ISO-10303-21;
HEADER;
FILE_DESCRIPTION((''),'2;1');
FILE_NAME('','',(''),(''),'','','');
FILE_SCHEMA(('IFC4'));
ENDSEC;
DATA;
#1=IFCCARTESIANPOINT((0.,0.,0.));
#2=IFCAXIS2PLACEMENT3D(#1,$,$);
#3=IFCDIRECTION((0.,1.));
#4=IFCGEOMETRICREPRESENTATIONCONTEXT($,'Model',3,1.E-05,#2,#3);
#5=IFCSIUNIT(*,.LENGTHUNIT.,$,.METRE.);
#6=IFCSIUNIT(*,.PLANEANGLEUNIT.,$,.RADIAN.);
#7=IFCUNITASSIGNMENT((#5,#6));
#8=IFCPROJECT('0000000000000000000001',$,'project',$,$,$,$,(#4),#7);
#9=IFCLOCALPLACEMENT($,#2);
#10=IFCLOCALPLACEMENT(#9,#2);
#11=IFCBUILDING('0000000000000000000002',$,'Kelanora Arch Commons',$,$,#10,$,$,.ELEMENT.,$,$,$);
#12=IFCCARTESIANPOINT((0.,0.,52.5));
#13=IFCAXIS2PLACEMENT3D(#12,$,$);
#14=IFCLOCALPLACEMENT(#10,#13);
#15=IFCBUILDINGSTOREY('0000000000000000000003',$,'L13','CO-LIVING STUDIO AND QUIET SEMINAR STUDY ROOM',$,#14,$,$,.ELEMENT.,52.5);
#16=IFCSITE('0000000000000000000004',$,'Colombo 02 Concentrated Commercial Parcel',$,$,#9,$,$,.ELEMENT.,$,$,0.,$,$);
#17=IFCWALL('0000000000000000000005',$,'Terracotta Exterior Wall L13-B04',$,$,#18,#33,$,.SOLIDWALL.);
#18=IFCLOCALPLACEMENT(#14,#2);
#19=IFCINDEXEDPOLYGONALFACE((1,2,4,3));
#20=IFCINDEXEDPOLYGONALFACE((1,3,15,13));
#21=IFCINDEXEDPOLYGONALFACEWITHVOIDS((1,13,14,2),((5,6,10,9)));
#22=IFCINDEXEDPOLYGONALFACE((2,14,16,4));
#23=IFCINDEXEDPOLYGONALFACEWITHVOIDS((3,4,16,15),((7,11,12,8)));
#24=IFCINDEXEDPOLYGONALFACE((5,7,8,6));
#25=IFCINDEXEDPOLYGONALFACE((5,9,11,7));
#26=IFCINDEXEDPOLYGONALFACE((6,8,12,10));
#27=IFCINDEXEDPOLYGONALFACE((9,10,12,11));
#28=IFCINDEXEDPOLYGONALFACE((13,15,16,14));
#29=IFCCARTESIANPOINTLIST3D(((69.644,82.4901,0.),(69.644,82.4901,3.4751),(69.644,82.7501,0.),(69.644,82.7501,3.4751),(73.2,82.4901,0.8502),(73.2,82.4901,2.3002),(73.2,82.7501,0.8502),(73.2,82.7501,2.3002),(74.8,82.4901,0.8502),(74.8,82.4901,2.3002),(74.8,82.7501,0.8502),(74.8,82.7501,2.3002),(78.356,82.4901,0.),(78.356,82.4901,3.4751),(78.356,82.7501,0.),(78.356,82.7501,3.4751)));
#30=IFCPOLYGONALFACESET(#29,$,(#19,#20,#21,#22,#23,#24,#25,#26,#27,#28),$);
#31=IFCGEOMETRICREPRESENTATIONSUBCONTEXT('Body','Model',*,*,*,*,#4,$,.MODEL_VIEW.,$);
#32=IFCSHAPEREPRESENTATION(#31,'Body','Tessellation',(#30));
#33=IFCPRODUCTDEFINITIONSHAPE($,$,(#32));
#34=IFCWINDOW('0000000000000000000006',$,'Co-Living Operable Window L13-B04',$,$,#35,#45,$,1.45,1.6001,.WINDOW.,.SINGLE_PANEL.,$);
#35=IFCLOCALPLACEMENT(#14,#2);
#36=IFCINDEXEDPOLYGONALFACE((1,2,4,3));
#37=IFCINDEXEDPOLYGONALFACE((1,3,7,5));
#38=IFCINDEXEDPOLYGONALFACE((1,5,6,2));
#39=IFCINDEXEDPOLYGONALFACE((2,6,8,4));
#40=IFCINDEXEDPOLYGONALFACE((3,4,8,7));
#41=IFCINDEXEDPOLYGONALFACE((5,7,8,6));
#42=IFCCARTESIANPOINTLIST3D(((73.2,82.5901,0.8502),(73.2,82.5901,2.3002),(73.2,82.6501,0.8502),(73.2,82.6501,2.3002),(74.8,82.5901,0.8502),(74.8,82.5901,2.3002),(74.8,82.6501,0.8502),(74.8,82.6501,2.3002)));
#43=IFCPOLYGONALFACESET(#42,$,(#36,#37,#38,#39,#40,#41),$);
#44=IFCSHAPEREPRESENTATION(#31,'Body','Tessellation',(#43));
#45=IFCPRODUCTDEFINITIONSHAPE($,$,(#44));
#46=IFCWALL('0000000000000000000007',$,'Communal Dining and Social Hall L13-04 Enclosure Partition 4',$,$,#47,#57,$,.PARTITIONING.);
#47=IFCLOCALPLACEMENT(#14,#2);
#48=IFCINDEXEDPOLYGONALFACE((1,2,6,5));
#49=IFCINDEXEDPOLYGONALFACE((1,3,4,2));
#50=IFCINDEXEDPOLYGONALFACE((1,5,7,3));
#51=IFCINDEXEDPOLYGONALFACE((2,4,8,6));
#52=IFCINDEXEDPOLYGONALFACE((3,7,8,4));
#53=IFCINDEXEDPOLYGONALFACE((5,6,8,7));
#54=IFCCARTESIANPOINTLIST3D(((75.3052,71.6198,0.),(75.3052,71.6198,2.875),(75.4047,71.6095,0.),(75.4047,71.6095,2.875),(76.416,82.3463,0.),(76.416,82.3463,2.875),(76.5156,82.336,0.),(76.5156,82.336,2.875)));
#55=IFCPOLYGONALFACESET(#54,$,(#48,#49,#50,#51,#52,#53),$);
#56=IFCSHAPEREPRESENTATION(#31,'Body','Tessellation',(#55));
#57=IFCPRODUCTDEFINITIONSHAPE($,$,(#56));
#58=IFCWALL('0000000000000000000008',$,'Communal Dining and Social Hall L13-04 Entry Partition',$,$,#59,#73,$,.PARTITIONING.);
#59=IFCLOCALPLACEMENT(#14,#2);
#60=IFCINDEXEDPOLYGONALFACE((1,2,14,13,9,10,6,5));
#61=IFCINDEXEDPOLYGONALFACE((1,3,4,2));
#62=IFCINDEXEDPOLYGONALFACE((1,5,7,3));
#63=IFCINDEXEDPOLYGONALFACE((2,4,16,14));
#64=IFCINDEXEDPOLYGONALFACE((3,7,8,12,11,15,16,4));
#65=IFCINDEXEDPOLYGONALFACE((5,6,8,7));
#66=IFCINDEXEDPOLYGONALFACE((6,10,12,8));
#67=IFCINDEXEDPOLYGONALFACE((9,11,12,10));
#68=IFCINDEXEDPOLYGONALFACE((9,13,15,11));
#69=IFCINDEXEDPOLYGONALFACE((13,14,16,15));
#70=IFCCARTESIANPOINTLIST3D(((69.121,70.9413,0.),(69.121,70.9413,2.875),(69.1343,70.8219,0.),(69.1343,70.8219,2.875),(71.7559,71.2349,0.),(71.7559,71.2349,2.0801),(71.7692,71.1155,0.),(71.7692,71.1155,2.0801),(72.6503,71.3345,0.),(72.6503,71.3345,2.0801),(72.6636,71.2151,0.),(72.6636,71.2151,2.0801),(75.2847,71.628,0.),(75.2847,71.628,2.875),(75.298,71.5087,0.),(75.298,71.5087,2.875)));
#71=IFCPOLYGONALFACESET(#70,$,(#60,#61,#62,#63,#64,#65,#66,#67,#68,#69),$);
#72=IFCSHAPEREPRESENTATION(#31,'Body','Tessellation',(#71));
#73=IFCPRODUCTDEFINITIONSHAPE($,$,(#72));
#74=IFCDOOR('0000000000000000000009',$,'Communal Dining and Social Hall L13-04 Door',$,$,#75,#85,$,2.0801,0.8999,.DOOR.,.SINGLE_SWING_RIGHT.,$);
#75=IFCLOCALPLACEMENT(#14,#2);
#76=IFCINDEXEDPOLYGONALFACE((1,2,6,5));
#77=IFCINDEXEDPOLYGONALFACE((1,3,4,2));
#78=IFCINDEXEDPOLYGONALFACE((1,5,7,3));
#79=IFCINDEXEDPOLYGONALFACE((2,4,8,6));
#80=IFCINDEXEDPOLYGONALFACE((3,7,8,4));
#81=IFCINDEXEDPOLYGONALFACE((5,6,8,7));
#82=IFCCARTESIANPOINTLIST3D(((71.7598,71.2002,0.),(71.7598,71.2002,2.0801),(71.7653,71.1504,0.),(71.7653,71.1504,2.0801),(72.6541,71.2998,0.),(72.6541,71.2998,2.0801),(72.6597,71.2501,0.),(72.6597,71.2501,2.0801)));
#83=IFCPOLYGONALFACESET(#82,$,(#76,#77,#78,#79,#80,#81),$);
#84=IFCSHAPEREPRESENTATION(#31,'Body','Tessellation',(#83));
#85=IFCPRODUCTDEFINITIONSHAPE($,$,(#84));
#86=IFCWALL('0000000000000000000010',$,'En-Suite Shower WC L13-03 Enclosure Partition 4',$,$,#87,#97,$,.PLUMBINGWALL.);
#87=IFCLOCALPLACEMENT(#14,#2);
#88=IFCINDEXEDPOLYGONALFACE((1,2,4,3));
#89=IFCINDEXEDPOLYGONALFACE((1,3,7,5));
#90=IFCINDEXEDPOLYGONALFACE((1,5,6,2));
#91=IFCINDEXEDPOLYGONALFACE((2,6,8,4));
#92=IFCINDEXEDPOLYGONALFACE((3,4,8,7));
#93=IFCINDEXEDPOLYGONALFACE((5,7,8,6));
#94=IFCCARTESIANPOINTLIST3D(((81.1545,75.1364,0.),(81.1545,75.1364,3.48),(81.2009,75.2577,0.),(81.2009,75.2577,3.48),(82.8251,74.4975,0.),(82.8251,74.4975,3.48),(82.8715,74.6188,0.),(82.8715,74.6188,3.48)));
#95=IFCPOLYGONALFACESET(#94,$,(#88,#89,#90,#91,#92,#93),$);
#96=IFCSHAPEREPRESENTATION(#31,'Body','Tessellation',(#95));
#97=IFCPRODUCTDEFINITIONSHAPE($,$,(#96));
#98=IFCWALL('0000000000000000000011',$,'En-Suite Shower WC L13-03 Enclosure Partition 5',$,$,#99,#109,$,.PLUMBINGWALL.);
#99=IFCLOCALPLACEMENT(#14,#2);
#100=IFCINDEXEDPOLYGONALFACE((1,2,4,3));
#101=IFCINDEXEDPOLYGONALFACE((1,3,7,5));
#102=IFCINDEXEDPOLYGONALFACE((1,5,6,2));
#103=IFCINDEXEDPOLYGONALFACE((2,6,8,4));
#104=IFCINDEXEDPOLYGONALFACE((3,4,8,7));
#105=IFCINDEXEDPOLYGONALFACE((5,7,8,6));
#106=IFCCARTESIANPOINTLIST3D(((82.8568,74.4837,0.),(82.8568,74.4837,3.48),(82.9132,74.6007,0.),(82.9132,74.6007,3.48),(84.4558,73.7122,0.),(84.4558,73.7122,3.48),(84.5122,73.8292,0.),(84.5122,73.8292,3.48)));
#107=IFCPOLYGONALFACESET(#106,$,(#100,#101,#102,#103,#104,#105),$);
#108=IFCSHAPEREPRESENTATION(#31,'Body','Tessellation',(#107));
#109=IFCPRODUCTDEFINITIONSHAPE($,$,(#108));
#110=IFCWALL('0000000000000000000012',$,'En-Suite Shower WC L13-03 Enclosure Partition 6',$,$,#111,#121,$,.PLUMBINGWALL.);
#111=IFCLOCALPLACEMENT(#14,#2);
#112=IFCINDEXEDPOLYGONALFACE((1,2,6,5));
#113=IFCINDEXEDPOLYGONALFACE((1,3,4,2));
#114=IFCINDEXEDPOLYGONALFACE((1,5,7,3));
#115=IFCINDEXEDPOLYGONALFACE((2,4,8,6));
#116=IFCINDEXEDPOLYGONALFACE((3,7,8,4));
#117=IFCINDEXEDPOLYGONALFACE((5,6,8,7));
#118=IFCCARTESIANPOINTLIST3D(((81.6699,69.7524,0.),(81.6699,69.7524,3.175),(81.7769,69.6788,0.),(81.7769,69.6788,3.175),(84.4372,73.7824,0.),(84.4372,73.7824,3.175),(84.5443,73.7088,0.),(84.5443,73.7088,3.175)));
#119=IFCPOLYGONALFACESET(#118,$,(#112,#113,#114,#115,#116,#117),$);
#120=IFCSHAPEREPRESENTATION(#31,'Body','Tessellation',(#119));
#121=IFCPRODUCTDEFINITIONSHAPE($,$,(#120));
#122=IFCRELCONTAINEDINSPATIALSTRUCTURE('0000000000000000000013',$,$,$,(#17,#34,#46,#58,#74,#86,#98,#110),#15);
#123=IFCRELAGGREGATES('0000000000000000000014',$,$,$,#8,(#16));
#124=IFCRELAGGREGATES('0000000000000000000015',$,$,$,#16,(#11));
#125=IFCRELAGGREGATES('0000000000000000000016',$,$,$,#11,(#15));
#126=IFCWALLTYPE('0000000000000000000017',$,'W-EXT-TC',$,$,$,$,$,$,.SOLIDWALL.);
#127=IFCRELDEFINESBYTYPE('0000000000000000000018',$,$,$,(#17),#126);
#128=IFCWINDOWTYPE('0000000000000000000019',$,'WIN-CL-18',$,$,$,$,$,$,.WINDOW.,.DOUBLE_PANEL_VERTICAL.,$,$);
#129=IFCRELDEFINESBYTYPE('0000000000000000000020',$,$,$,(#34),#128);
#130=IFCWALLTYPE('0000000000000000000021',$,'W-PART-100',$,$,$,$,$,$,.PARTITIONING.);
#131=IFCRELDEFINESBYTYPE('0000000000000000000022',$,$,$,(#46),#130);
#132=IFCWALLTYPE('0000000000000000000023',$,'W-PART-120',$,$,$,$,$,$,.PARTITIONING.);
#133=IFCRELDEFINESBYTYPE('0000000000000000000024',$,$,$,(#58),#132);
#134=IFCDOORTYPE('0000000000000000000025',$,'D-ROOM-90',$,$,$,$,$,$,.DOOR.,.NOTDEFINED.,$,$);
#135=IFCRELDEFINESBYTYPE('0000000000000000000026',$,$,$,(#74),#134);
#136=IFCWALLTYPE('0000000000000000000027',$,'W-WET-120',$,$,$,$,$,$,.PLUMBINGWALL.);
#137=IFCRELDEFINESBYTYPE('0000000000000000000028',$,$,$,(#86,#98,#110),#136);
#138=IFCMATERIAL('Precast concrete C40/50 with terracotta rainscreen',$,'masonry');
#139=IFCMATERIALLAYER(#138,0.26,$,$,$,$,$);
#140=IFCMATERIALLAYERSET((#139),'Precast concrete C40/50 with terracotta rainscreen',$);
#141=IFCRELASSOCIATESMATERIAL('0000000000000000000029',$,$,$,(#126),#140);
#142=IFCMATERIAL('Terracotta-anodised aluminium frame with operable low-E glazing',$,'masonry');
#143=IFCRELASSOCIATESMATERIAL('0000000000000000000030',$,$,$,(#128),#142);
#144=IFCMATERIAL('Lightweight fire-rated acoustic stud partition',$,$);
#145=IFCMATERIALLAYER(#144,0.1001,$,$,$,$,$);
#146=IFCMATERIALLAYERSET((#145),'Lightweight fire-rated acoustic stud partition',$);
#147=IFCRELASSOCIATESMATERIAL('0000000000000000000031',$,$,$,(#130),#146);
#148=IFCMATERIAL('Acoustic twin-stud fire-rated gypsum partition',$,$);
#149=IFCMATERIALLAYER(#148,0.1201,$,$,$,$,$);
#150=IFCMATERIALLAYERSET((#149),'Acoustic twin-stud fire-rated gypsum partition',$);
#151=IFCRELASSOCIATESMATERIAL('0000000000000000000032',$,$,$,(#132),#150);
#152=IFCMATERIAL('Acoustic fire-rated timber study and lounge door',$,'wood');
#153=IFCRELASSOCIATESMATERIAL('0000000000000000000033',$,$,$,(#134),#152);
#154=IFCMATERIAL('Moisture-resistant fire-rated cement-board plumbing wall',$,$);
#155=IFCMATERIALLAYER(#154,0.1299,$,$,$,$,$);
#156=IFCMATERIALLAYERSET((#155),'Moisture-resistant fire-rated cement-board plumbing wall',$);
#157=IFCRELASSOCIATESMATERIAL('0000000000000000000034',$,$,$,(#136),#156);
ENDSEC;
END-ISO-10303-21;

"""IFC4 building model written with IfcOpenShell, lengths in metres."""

from ifc_helpers import new_model, si_unit, direction, frame, frame_2d, origin, place, context, subcontext, project, spatial, rectangle, extrude, material, layer, layer_set, type_object, element, fill, save


model = new_model("IFC4")

# Units and contexts
model_context = context("Model", 3, precision=1e-05, world=origin(), true_north=direction((0.0, 1.0)))
body_context = subcontext(model_context, "Body", "Model", "MODEL_VIEW")
ifc_project = project(units=[si_unit("LENGTHUNIT", "METRE"), si_unit("PLANEANGLEUNIT", "RADIAN")], contexts=[model_context])

# Site, building, storey
site_placement = place(None, origin())
site = spatial("IfcSite", under=ifc_project, at=site_placement, Name="Colombo 02 Concentrated Commercial Parcel", CompositionType="ELEMENT", RefElevation=0.0)
building_placement = place(site_placement, origin())
building = spatial("IfcBuilding", under=site, at=building_placement, Name="Kelanora Arch Commons", CompositionType="ELEMENT")
storey_placement = place(building_placement, frame((0.0, 0.0, 52.5)))
storey = spatial("IfcBuildingStorey", under=building, at=storey_placement, Name="L13", Description="CO-LIVING STUDIO AND QUIET SEMINAR STUDY ROOM", CompositionType="ELEMENT", Elevation=52.5)

# Wall, opening, window
ifc_material_1 = material(Name="Precast concrete C40/50 with terracotta rainscreen", Category="masonry")
ifc_layer_1 = layer(ifc_material_1, 0.26)
ifc_layer_set_1 = layer_set([ifc_layer_1], Name="Precast concrete C40/50 with terracotta rainscreen")
wall_type_1 = type_object("IfcWallType", Name="W-EXT-TC", PredefinedType="SOLIDWALL", material=ifc_layer_set_1)
wall_1_placement = place(storey_placement, frame((78.356, 82.6201, 0.0), z_axis=(0.0, 0.0, 1.0), x_axis=(-1.0, 0.0, 0.0)))
wall_1 = element("IfcWall", 1, at=wall_1_placement, inside=storey, type_object=wall_type_1, Name="Terracotta Exterior Wall L13-B04", PredefinedType="SOLIDWALL", context=body_context, shape_type="SweptSolid", body=[
    extrude(rectangle(XDim=8.7119, YDim=0.26, at=frame_2d((4.356, 0.0))), origin(), (0.0, 0.0, 1.0), 3.4751),
])
opening_1_placement = place(wall_1_placement, frame((3.5559, 0.0, 0.8501)))
opening_1 = element("IfcOpeningElement", 2, at=opening_1_placement, cuts=wall_1, PredefinedType="OPENING", context=body_context, shape_type="SweptSolid", body=[
    extrude(rectangle(XDim=1.6001, YDim=1.45, at=frame_2d((0.8, 0.7251))), frame((0.0, 0.1401, 0.0), z_axis=(0.0, -1.0, 0.0), x_axis=(1.0, 0.0, 0.0)), (0.0, 0.0, 1.0), 0.28),
])
ifc_material_2 = material(Name="Terracotta-anodised aluminium frame with operable low-E glazing", Category="masonry")
window_type = type_object("IfcWindowType", Name="WIN-CL-18", PartitioningType="DOUBLE_PANEL_VERTICAL", PredefinedType="WINDOW", material=ifc_material_2)
window_placement = place(opening_1_placement, origin())
window = element("IfcWindow", 3, at=window_placement, inside=storey, type_object=window_type, Name="Co-Living Operable Window L13-B04", OverallHeight=1.45, OverallWidth=1.6001, PartitioningType="SINGLE_PANEL", PredefinedType="WINDOW", context=body_context, shape_type="SweptSolid", body=[
    extrude(rectangle(XDim=1.6001, YDim=1.45, at=frame_2d((0.8, 0.7251))), frame((0.0, 0.03, 0.0), z_axis=(0.0, -1.0, 0.0), x_axis=(1.0, 0.0, 0.0)), (0.0, 0.0, 1.0), 0.0601),
])
fill(opening_1, window)

# Wall
ifc_material_3 = material(Name="Lightweight fire-rated acoustic stud partition")
ifc_layer_2 = layer(ifc_material_3, 0.1001)
ifc_layer_set_2 = layer_set([ifc_layer_2], Name="Lightweight fire-rated acoustic stud partition")
wall_type_2 = type_object("IfcWallType", Name="W-PART-100", PredefinedType="PARTITIONING", material=ifc_layer_set_2)
wall_2_placement = place(storey_placement, frame((76.4658, 82.3413, 0.0), z_axis=(0.0, 0.0, 1.0), x_axis=(-0.103009, -0.99468, 0.0)))
element("IfcWall", 4, at=wall_2_placement, inside=storey, type_object=wall_type_2, Name="Communal Dining and Social Hall L13-04 Enclosure Partition 4", PredefinedType="PARTITIONING", context=body_context, shape_type="SweptSolid", body=[
    extrude(rectangle(XDim=10.7839, YDim=0.1001, at=frame_2d((5.3921, 0.0))), origin(), (0.0, 0.0, 1.0), 2.875),
])

# Wall, opening, door
ifc_material_4 = material(Name="Acoustic twin-stud fire-rated gypsum partition")
ifc_layer_3 = layer(ifc_material_4, 0.1201)
ifc_layer_set_3 = layer_set([ifc_layer_3], Name="Acoustic twin-stud fire-rated gypsum partition")
wall_type_3 = type_object("IfcWallType", Name="W-PART-120", PredefinedType="PARTITIONING", material=ifc_layer_set_3)
wall_3_placement = place(storey_placement, frame((75.2915, 71.5684, 0.0), z_axis=(0.0, 0.0, 1.0), x_axis=(-0.99385, -0.110734, 0.0)))
wall_3 = element("IfcWall", 5, at=wall_3_placement, inside=storey, type_object=wall_type_3, Name="Communal Dining and Social Hall L13-04 Entry Partition", PredefinedType="PARTITIONING", context=body_context, shape_type="SweptSolid", body=[
    extrude(rectangle(XDim=6.2019, YDim=0.1201, at=frame_2d((3.1011, 0.0))), origin(), (0.0, 0.0, 1.0), 2.875),
])
opening_2_placement = place(wall_3_placement, frame((2.6509, 0.0, 0.0)))
opening_2 = element("IfcOpeningElement", 6, at=opening_2_placement, cuts=wall_3, PredefinedType="OPENING", context=body_context, shape_type="SweptSolid", body=[
    extrude(rectangle(XDim=0.8999, YDim=2.0801, at=frame_2d((0.45, 1.04))), frame((0.0, 0.0701, 0.0), z_axis=(0.0, -1.0, 0.0), x_axis=(1.0, 0.0, 0.0)), (0.0, 0.0, 1.0), 0.1401),
])
ifc_material_5 = material(Name="Acoustic fire-rated timber study and lounge door", Category="wood")
door_type = type_object("IfcDoorType", Name="D-ROOM-90", OperationType="NOTDEFINED", PredefinedType="DOOR", material=ifc_material_5)
door_placement = place(opening_2_placement, origin())
door = element("IfcDoor", 7, at=door_placement, inside=storey, type_object=door_type, Name="Communal Dining and Social Hall L13-04 Door", OperationType="SINGLE_SWING_RIGHT", OverallHeight=2.0801, OverallWidth=0.8999, PredefinedType="DOOR", context=body_context, shape_type="SweptSolid", body=[
    extrude(rectangle(XDim=0.8999, YDim=2.0801, at=frame_2d((0.45, 1.04))), frame((0.0, 0.0249, 0.0), z_axis=(0.0, -1.0, 0.0), x_axis=(1.0, 0.0, 0.0)), (0.0, 0.0, 1.0), 0.05),
])
fill(opening_2, door)

# Walls
ifc_material_6 = material(Name="Moisture-resistant fire-rated cement-board plumbing wall")
ifc_layer_4 = layer(ifc_material_6, 0.1299)
ifc_layer_set_4 = layer_set([ifc_layer_4], Name="Moisture-resistant fire-rated cement-board plumbing wall")
wall_type_4 = type_object("IfcWallType", Name="W-WET-120", PredefinedType="PLUMBINGWALL", material=ifc_layer_set_4)
wall_4_placement = place(storey_placement, frame((81.1777, 75.197, 0.0), z_axis=(0.0, 0.0, 1.0), x_axis=(0.934026, -0.357204, 0.0)))
element("IfcWall", 8, at=wall_4_placement, inside=storey, type_object=wall_type_4, Name="En-Suite Shower WC L13-03 Enclosure Partition 4", PredefinedType="PLUMBINGWALL", context=body_context, shape_type="SweptSolid", body=[
    extrude(rectangle(XDim=1.7886, YDim=0.1299, at=frame_2d((0.8943, 0.0))), origin(), (0.0, 0.0, 1.0), 3.48),
])
wall_5_placement = place(storey_placement, frame((82.885, 74.5422, 0.0), z_axis=(0.0, 0.0, 1.0), x_axis=(0.900637, -0.434572, 0.0)))
element("IfcWall", 9, at=wall_5_placement, inside=storey, type_object=wall_type_4, Name="En-Suite Shower WC L13-03 Enclosure Partition 5", PredefinedType="PLUMBINGWALL", context=body_context, shape_type="SweptSolid", body=[
    extrude(rectangle(XDim=1.7754, YDim=0.1299, at=frame_2d((0.8877, 0.0))), origin(), (0.0, 0.0, 1.0), 3.48),
])
wall_6_placement = place(storey_placement, frame((84.4907, 73.7456, 0.0), z_axis=(0.0, 0.0, 1.0), x_axis=(-0.566069, -0.824358, 0.0)))
element("IfcWall", 10, at=wall_6_placement, inside=storey, type_object=wall_type_4, Name="En-Suite Shower WC L13-03 Enclosure Partition 6", PredefinedType="PLUMBINGWALL", context=body_context, shape_type="SweptSolid", body=[
    extrude(rectangle(XDim=4.8887, YDim=0.1299, at=frame_2d((2.4443, 0.0))), origin(), (0.0, 0.0, 1.0), 3.175),
])

save(model, "model.ifc")
